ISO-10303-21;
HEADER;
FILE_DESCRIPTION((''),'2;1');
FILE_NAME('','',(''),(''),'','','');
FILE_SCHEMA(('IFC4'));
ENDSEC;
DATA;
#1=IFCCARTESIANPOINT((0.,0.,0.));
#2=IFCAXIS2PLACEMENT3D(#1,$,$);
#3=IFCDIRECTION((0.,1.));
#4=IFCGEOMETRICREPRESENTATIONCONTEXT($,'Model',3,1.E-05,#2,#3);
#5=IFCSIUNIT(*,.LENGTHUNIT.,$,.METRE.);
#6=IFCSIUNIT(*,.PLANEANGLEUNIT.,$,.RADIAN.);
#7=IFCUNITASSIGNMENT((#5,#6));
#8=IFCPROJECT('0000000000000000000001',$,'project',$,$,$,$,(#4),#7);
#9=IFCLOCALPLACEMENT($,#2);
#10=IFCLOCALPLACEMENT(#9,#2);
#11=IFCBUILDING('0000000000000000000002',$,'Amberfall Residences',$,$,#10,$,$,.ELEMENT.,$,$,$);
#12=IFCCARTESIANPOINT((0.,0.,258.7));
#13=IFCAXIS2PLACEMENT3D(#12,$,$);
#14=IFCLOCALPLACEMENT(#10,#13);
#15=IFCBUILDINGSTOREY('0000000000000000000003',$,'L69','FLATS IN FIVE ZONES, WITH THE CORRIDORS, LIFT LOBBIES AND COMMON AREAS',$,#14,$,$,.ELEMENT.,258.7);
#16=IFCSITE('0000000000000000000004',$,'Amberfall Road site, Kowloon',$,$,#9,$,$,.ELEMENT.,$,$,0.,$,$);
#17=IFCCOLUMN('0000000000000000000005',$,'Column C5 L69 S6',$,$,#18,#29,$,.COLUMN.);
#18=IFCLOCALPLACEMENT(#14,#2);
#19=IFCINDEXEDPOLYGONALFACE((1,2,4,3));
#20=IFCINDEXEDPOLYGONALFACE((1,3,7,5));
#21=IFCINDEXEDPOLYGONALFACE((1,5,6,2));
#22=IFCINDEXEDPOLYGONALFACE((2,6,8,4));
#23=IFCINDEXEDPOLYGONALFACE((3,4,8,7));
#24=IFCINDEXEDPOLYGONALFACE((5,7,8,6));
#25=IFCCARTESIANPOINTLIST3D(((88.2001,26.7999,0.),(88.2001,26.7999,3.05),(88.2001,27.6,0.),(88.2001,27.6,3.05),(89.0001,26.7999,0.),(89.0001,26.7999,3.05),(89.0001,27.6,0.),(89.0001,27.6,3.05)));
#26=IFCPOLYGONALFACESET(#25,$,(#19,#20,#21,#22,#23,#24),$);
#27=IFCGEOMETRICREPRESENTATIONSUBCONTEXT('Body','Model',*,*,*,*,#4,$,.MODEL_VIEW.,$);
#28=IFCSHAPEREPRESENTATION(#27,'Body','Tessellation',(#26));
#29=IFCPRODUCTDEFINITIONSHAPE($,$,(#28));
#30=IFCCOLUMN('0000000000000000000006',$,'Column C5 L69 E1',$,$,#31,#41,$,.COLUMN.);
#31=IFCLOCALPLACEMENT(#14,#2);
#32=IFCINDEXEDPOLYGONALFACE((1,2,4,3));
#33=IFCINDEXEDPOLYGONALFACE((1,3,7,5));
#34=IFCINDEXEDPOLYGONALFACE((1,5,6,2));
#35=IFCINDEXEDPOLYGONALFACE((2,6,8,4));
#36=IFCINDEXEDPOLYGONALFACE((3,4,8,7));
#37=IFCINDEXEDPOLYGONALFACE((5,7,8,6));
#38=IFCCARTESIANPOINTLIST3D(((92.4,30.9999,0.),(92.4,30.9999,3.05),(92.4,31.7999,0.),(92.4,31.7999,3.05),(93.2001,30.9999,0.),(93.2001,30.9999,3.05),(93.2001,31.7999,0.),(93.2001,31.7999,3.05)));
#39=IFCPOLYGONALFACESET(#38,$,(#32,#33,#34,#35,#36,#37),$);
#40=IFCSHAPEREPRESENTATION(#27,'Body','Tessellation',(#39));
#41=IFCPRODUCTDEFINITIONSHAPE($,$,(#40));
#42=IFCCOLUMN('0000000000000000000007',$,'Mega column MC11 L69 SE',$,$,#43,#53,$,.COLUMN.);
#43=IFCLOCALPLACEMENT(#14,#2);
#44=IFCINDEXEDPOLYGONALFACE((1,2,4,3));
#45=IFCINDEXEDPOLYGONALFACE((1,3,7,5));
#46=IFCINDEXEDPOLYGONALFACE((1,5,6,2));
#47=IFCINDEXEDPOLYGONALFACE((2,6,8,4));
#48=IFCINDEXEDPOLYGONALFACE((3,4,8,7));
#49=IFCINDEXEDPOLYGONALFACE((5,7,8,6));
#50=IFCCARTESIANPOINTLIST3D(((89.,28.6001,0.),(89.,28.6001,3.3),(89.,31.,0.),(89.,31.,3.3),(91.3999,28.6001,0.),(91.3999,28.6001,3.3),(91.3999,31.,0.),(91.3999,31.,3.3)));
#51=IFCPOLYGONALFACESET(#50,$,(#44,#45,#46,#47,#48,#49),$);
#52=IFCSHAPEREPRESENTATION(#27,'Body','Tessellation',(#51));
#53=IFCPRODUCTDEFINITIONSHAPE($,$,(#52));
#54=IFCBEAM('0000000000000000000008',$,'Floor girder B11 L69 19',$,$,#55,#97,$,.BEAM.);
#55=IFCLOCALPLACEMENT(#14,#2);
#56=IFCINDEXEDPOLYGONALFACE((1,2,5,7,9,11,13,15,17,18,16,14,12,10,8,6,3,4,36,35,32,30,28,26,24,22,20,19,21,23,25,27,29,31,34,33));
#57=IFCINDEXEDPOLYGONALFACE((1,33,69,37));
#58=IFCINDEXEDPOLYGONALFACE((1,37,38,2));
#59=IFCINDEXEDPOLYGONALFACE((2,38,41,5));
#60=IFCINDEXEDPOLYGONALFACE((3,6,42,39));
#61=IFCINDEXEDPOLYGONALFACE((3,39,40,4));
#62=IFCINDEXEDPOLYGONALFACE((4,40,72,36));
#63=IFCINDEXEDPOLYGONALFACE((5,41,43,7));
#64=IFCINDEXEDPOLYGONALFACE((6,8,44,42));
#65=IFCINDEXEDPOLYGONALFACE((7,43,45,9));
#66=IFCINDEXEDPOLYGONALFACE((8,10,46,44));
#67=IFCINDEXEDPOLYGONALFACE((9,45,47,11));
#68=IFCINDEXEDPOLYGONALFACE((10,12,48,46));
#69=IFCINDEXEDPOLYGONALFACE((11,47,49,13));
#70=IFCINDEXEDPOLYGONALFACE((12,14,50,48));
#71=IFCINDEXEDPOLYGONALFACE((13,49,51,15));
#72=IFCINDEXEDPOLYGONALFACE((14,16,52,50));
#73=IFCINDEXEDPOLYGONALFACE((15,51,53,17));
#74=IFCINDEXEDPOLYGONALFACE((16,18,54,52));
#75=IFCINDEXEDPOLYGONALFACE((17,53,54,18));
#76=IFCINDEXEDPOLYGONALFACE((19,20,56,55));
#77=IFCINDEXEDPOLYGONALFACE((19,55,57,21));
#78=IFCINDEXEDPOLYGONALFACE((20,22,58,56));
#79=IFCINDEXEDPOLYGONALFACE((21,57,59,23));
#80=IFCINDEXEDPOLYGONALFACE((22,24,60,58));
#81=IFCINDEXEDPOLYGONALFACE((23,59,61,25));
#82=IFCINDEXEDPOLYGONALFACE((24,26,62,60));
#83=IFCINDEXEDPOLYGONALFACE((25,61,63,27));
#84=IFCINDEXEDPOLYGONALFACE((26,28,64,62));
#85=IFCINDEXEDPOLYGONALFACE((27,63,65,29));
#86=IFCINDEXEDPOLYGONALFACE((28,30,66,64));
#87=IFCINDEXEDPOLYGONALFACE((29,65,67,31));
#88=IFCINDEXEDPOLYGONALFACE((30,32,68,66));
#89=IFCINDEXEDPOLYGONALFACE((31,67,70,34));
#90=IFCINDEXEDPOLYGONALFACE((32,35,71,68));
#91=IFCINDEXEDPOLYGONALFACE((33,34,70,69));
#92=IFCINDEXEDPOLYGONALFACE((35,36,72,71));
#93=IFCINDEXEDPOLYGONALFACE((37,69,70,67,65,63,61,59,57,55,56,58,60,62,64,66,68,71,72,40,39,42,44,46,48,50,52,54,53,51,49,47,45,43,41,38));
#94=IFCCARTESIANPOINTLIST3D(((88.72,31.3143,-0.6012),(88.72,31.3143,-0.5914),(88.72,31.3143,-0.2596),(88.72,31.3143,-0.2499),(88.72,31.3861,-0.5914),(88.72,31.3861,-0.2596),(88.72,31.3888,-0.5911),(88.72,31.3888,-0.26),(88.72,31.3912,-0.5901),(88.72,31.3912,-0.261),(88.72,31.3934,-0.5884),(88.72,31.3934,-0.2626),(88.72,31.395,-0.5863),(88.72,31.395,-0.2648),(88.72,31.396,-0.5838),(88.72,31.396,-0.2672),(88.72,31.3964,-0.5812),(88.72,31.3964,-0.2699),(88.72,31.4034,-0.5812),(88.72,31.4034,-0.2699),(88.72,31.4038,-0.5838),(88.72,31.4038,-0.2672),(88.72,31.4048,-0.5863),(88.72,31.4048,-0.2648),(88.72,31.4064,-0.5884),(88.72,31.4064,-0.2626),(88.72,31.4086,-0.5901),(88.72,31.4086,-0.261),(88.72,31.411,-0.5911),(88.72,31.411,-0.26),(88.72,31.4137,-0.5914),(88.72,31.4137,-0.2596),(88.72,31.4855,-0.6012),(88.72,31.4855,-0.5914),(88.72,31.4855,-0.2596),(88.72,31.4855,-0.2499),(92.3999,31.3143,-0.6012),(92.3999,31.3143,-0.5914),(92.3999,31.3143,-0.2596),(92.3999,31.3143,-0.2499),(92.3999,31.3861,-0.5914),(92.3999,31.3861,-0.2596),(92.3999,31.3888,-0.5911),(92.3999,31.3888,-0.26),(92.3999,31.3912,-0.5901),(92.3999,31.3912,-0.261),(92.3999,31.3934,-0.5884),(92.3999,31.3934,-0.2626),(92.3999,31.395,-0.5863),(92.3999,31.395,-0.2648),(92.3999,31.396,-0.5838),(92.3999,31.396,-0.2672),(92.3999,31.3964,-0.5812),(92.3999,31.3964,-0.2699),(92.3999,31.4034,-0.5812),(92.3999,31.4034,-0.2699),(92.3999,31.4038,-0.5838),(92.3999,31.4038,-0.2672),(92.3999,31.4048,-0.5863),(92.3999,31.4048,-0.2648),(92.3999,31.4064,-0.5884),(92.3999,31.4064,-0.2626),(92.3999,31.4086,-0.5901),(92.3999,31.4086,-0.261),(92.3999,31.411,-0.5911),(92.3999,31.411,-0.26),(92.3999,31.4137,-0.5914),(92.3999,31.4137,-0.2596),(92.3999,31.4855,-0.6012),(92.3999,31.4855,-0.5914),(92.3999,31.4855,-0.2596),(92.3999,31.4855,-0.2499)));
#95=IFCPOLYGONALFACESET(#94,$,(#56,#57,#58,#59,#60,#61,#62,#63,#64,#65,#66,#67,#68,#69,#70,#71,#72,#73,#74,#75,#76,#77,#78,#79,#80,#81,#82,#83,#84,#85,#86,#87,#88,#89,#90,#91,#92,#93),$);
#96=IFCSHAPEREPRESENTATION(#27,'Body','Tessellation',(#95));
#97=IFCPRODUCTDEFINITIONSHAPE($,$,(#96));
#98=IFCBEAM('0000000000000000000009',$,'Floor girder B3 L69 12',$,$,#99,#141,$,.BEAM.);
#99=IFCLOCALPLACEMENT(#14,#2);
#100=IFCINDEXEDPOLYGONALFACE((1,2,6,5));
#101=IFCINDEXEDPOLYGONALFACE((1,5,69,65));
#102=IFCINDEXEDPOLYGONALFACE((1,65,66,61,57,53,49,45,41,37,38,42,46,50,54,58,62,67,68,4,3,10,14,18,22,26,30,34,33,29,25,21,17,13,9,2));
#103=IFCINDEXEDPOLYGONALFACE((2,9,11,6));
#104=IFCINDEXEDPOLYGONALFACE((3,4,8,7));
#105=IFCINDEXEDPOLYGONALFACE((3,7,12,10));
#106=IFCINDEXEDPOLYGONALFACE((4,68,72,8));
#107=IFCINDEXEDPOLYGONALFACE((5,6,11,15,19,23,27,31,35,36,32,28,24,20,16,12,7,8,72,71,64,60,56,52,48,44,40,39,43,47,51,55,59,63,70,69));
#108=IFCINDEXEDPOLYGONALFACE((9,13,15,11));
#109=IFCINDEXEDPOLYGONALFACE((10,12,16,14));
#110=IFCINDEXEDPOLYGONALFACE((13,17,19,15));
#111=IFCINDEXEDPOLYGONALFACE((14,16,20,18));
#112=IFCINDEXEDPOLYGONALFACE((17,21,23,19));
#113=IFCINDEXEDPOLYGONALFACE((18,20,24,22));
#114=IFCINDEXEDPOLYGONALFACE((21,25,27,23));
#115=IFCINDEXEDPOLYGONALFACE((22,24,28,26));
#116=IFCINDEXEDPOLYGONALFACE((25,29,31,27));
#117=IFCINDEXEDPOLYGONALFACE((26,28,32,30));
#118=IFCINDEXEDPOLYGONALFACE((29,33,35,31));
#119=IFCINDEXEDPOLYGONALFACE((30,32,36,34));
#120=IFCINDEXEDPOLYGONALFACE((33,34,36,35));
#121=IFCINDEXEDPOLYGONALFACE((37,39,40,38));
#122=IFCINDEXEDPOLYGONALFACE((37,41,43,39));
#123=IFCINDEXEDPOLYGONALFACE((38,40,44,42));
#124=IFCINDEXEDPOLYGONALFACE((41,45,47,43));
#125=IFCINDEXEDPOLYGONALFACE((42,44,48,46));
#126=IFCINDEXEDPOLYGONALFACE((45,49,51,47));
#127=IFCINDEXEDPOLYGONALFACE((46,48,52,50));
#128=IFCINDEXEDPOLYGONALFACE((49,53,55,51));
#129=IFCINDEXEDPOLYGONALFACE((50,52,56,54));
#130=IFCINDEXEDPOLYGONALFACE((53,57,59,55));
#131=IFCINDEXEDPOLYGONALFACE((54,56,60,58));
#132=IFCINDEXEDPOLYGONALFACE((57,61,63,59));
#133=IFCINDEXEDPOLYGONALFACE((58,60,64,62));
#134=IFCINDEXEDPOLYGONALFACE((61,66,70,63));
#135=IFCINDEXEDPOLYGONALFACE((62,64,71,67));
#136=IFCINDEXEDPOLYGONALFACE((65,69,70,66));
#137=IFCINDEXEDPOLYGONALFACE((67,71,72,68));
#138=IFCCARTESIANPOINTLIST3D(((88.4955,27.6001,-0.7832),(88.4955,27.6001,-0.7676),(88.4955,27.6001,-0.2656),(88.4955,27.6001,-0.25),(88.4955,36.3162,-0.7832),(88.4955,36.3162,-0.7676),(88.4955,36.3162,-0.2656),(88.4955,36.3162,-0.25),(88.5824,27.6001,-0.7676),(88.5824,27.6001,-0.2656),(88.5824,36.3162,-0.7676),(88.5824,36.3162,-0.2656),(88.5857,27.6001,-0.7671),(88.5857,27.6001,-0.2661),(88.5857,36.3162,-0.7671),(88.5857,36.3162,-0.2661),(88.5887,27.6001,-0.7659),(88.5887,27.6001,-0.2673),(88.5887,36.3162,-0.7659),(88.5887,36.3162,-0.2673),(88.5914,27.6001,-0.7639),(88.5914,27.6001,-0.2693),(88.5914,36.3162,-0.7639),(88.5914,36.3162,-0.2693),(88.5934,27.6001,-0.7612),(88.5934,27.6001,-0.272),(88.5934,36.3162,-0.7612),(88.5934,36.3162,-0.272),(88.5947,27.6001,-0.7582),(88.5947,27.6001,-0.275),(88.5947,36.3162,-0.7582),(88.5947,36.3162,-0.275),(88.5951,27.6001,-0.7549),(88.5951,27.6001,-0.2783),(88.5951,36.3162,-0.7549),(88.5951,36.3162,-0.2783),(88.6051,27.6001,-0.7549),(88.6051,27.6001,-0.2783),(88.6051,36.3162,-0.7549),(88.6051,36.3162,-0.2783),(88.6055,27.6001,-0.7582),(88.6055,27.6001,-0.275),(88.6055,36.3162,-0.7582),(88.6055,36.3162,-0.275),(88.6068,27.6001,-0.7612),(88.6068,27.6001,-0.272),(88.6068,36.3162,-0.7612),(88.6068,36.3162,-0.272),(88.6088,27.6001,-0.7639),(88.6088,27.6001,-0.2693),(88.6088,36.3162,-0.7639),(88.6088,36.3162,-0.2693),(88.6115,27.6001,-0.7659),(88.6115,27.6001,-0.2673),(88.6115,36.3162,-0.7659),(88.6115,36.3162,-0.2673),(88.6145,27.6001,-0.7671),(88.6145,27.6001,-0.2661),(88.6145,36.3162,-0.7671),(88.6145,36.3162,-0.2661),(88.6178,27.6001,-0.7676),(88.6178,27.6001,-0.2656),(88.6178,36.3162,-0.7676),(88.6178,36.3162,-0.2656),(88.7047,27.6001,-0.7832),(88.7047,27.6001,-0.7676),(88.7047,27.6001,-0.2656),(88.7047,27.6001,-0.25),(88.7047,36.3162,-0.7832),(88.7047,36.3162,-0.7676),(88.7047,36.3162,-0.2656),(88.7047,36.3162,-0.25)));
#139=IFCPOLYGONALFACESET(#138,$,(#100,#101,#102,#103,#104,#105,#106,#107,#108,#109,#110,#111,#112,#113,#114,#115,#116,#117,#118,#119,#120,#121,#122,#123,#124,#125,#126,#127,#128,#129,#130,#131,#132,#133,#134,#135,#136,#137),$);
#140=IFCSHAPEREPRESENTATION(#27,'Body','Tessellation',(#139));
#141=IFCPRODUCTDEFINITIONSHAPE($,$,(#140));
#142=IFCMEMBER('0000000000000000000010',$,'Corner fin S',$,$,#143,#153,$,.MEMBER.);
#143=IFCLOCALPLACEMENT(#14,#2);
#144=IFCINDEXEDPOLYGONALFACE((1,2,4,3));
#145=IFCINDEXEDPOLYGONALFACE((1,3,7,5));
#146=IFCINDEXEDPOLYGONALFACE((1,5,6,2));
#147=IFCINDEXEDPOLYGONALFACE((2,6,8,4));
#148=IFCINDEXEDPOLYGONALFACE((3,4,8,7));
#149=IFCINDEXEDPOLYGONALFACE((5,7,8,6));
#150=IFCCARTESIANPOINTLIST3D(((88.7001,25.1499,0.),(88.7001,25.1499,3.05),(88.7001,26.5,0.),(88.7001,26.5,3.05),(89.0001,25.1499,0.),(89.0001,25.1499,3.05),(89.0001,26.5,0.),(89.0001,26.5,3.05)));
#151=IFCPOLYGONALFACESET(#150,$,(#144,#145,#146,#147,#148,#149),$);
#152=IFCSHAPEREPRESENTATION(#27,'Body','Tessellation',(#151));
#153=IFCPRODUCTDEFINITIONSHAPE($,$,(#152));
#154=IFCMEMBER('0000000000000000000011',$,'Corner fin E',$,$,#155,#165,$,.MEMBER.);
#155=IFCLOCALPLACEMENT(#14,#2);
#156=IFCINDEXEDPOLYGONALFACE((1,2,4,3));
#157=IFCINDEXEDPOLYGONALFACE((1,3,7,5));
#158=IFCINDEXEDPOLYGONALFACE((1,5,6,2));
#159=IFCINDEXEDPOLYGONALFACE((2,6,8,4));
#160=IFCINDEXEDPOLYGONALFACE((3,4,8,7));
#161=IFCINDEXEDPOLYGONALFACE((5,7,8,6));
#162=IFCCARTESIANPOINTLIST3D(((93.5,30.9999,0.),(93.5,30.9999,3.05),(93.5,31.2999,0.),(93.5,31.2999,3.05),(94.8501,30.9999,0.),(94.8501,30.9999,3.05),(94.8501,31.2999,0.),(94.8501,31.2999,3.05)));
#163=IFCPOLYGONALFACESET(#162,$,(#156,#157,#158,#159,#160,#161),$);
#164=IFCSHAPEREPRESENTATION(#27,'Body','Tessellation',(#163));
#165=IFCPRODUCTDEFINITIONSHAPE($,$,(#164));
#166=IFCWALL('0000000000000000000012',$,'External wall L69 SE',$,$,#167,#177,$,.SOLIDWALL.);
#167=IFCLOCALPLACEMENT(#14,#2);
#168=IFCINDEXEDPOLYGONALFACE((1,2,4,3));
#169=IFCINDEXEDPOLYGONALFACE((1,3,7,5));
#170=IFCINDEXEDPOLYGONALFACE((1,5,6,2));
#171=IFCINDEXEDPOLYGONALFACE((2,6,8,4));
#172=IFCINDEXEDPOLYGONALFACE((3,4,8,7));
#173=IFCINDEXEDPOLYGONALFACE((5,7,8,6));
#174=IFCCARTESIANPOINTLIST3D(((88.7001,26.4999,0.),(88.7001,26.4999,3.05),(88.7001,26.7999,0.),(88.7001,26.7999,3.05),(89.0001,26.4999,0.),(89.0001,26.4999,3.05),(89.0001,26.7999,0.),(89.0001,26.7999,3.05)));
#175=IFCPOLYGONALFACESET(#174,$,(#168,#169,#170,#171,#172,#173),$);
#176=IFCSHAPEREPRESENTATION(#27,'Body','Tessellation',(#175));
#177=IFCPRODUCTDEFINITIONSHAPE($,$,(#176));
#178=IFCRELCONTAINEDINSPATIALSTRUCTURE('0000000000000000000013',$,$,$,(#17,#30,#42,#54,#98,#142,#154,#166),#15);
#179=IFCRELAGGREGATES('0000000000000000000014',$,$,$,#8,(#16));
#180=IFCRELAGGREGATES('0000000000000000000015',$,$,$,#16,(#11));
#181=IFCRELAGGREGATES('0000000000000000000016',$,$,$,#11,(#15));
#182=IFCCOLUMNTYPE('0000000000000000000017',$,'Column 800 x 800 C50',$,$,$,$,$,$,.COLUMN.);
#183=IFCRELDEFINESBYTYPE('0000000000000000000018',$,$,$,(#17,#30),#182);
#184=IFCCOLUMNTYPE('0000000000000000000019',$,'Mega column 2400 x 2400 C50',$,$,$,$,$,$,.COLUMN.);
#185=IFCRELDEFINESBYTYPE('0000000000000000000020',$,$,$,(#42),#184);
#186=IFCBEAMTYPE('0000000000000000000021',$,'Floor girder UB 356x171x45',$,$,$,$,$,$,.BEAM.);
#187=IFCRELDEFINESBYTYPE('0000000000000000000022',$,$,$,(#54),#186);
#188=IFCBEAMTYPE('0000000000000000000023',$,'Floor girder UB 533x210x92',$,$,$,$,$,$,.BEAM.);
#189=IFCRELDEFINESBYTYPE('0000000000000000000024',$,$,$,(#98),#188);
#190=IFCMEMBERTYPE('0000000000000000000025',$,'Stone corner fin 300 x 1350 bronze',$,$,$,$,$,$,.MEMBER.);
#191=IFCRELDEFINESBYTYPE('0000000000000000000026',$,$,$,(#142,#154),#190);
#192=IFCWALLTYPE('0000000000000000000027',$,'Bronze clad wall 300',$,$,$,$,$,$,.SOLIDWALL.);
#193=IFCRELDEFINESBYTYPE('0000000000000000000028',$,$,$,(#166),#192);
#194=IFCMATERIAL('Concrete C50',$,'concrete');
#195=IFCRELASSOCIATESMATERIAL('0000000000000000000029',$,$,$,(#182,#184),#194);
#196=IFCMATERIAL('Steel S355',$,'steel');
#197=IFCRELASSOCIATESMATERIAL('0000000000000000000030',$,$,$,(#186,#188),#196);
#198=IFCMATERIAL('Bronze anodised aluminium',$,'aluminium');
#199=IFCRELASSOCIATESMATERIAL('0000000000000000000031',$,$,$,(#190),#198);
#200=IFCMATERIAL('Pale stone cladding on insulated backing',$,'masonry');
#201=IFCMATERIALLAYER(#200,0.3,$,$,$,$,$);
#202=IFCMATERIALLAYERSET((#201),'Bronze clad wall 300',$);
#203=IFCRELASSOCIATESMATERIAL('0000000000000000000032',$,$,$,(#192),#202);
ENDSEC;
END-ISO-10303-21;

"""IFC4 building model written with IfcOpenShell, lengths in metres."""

from ifc_helpers import new_model, si_unit, direction, frame, frame_2d, origin, origin_2d, place, context, subcontext, project, spatial, rectangle, i_section, extrude, material, layer, layer_set, material_profile, profile_set, type_object, element, save


model = new_model("IFC4")

# Units and contexts
model_context = context("Model", 3, precision=1e-05, world=origin(), true_north=direction((0.0, 1.0)))
body_context = subcontext(model_context, "Body", "Model", "MODEL_VIEW")
ifc_project = project(units=[si_unit("LENGTHUNIT", "METRE"), si_unit("PLANEANGLEUNIT", "RADIAN")], contexts=[model_context])

# Site, building, storey
site_placement = place(None, origin())
site = spatial("IfcSite", under=ifc_project, at=site_placement, Name="Amberfall Road site, Kowloon", CompositionType="ELEMENT", RefElevation=0.0)
building_placement = place(site_placement, origin())
building = spatial("IfcBuilding", under=site, at=building_placement, Name="Amberfall Residences", CompositionType="ELEMENT")
storey_placement = place(building_placement, frame((0.0, 0.0, 258.7)))
storey = spatial("IfcBuildingStorey", under=building, at=storey_placement, Name="L69", Description="FLATS IN FIVE ZONES, WITH THE CORRIDORS, LIFT LOBBIES AND COMMON AREAS", CompositionType="ELEMENT", Elevation=258.7)

# Columns
ifc_material_1 = material(Name="Concrete C50", Category="concrete")
ifc_material_profile_1 = material_profile(ifc_material_1, rectangle(XDim=0.8, YDim=0.8, at=origin_2d()), Name="Column 800 x 800 C50")
ifc_profile_set_1 = profile_set([ifc_material_profile_1], Name="Concrete C50")
column_type_1 = type_object("IfcColumnType", Name="Column 800 x 800 C50", PredefinedType="COLUMN", material=ifc_profile_set_1)
for number, where, z_axis, x_axis, name in (
    (1, (88.6001, 27.2, 0.0), (0.0, 0.0, 1.0), (1.0, 0.0, 0.0), "Column C5 L69 S6"),
    (2, (92.8, 31.3999, 0.0), (0.0, 0.0, 1.0), (1.0, 0.0, 0.0), "Column C5 L69 E1"),
):
    element("IfcColumn", number, at=place(storey_placement, frame(where, z_axis=z_axis, x_axis=x_axis)), inside=storey, type_object=column_type_1, Name=name, PredefinedType="COLUMN", context=body_context, shape_type="SweptSolid", body=[
        extrude(rectangle(XDim=0.8, YDim=0.8, at=origin_2d()), origin(), (0.0, 0.0, 1.0), 3.05),
    ])
ifc_material_profile_2 = material_profile(ifc_material_1, rectangle(XDim=2.3999, YDim=2.3999, at=origin_2d()), Name="Mega column 2400 x 2400 C50")
ifc_profile_set_2 = profile_set([ifc_material_profile_2], Name="Concrete C50")
column_type_2 = type_object("IfcColumnType", Name="Mega column 2400 x 2400 C50", PredefinedType="COLUMN", material=ifc_profile_set_2)
column_placement = place(storey_placement, frame((90.2, 29.8, 0.0), z_axis=(0.0, 0.0, 1.0), x_axis=(1.0, 0.0, 0.0)))
element("IfcColumn", 3, at=column_placement, inside=storey, type_object=column_type_2, Name="Mega column MC11 L69 SE", PredefinedType="COLUMN", context=body_context, shape_type="SweptSolid", body=[
    extrude(rectangle(XDim=2.3999, YDim=2.3999, at=origin_2d()), origin(), (0.0, 0.0, 1.0), 3.3),
])

# Beams
ifc_material_2 = material(Name="Steel S355", Category="steel")
ifc_material_profile_3 = material_profile(ifc_material_2, i_section(OverallWidth=0.1711, OverallDepth=0.3513, WebThickness=0.0071, FlangeThickness=0.0098, FilletRadius=0.0103, at=origin_2d()), Name="UB 356x171x45")
ifc_profile_set_3 = profile_set([ifc_material_profile_3], Name="Steel S355")
beam_type_1 = type_object("IfcBeamType", Name="Floor girder UB 356x171x45", PredefinedType="BEAM", material=ifc_profile_set_3)
beam_1_placement = place(storey_placement, frame((92.3999, 31.3999, -0.4255), z_axis=(-1.0, 0.0, 0.0), x_axis=(0.0, -1.0, 0.0)))
element("IfcBeam", 4, at=beam_1_placement, inside=storey, type_object=beam_type_1, Name="Floor girder B11 L69 19", PredefinedType="BEAM", context=body_context, shape_type="SweptSolid", body=[
    extrude(i_section(OverallWidth=0.1711, OverallDepth=0.3513, WebThickness=0.0071, FlangeThickness=0.0098, FilletRadius=0.0103, at=origin_2d()), origin(), (0.0, 0.0, 1.0), 3.6799),
])
ifc_material_profile_4 = material_profile(ifc_material_2, i_section(OverallWidth=0.2092, OverallDepth=0.5332, WebThickness=0.01, FlangeThickness=0.0156, FilletRadius=0.0127, at=origin_2d()), Name="UB 533x210x92")
ifc_profile_set_4 = profile_set([ifc_material_profile_4], Name="Steel S355")
beam_type_2 = type_object("IfcBeamType", Name="Floor girder UB 533x210x92", PredefinedType="BEAM", material=ifc_profile_set_4)
beam_2_placement = place(storey_placement, frame((88.6001, 27.6001, -0.5166), z_axis=(0.0, 1.0, 0.0), x_axis=(-1.0, 0.0, 0.0)))
element("IfcBeam", 5, at=beam_2_placement, inside=storey, type_object=beam_type_2, Name="Floor girder B3 L69 12", PredefinedType="BEAM", context=body_context, shape_type="SweptSolid", body=[
    extrude(i_section(OverallWidth=0.2092, OverallDepth=0.5332, WebThickness=0.01, FlangeThickness=0.0156, FilletRadius=0.0127, at=origin_2d()), origin(), (0.0, 0.0, 1.0), 8.7161),
])

# Members
ifc_material_3 = material(Name="Bronze anodised aluminium", Category="aluminium")
ifc_material_profile_5 = material_profile(ifc_material_3, rectangle(XDim=1.3501, YDim=0.3, at=origin_2d()), Name="Stone corner fin 300 x 1350 bronze")
ifc_profile_set_5 = profile_set([ifc_material_profile_5], Name="Bronze anodised aluminium")
member_type = type_object("IfcMemberType", Name="Stone corner fin 300 x 1350 bronze", PredefinedType="MEMBER", material=ifc_profile_set_5)
for number, where, z_axis, x_axis, name in (
    (6, (88.8501, 25.825, 0.0), (0.0, 0.0, 1.0), (0.0, 1.0, 0.0), "Corner fin S"),
    (7, (94.175, 31.1499, 0.0), (0.0, 0.0, 1.0), (-1.0, 0.0, 0.0), "Corner fin E"),
):
    element("IfcMember", number, at=place(storey_placement, frame(where, z_axis=z_axis, x_axis=x_axis)), inside=storey, type_object=member_type, Name=name, PredefinedType="MEMBER", context=body_context, shape_type="SweptSolid", body=[
        extrude(rectangle(XDim=1.3501, YDim=0.3, at=origin_2d()), origin(), (0.0, 0.0, 1.0), 3.05),
    ])

# Wall
ifc_material_4 = material(Name="Pale stone cladding on insulated backing", Category="masonry")
ifc_layer_1 = layer(ifc_material_4, 0.3)
ifc_layer_set_1 = layer_set([ifc_layer_1], Name="Bronze clad wall 300")
wall_type_1 = type_object("IfcWallType", Name="Bronze clad wall 300", PredefinedType="SOLIDWALL", material=ifc_layer_set_1)
wall_1_placement = place(storey_placement, frame((88.8501, 26.5, 0.0), z_axis=(0.0, 0.0, 1.0), x_axis=(0.0, 1.0, 0.0)))
element("IfcWall", 8, at=wall_1_placement, inside=storey, type_object=wall_type_1, Name="External wall L69 SE", PredefinedType="SOLIDWALL", context=body_context, shape_type="SweptSolid", body=[
    extrude(rectangle(XDim=0.3, YDim=0.3, at=frame_2d((0.1499, 0.0))), origin(), (0.0, 0.0, 1.0), 3.05),
])

save(model, "model.ifc")
